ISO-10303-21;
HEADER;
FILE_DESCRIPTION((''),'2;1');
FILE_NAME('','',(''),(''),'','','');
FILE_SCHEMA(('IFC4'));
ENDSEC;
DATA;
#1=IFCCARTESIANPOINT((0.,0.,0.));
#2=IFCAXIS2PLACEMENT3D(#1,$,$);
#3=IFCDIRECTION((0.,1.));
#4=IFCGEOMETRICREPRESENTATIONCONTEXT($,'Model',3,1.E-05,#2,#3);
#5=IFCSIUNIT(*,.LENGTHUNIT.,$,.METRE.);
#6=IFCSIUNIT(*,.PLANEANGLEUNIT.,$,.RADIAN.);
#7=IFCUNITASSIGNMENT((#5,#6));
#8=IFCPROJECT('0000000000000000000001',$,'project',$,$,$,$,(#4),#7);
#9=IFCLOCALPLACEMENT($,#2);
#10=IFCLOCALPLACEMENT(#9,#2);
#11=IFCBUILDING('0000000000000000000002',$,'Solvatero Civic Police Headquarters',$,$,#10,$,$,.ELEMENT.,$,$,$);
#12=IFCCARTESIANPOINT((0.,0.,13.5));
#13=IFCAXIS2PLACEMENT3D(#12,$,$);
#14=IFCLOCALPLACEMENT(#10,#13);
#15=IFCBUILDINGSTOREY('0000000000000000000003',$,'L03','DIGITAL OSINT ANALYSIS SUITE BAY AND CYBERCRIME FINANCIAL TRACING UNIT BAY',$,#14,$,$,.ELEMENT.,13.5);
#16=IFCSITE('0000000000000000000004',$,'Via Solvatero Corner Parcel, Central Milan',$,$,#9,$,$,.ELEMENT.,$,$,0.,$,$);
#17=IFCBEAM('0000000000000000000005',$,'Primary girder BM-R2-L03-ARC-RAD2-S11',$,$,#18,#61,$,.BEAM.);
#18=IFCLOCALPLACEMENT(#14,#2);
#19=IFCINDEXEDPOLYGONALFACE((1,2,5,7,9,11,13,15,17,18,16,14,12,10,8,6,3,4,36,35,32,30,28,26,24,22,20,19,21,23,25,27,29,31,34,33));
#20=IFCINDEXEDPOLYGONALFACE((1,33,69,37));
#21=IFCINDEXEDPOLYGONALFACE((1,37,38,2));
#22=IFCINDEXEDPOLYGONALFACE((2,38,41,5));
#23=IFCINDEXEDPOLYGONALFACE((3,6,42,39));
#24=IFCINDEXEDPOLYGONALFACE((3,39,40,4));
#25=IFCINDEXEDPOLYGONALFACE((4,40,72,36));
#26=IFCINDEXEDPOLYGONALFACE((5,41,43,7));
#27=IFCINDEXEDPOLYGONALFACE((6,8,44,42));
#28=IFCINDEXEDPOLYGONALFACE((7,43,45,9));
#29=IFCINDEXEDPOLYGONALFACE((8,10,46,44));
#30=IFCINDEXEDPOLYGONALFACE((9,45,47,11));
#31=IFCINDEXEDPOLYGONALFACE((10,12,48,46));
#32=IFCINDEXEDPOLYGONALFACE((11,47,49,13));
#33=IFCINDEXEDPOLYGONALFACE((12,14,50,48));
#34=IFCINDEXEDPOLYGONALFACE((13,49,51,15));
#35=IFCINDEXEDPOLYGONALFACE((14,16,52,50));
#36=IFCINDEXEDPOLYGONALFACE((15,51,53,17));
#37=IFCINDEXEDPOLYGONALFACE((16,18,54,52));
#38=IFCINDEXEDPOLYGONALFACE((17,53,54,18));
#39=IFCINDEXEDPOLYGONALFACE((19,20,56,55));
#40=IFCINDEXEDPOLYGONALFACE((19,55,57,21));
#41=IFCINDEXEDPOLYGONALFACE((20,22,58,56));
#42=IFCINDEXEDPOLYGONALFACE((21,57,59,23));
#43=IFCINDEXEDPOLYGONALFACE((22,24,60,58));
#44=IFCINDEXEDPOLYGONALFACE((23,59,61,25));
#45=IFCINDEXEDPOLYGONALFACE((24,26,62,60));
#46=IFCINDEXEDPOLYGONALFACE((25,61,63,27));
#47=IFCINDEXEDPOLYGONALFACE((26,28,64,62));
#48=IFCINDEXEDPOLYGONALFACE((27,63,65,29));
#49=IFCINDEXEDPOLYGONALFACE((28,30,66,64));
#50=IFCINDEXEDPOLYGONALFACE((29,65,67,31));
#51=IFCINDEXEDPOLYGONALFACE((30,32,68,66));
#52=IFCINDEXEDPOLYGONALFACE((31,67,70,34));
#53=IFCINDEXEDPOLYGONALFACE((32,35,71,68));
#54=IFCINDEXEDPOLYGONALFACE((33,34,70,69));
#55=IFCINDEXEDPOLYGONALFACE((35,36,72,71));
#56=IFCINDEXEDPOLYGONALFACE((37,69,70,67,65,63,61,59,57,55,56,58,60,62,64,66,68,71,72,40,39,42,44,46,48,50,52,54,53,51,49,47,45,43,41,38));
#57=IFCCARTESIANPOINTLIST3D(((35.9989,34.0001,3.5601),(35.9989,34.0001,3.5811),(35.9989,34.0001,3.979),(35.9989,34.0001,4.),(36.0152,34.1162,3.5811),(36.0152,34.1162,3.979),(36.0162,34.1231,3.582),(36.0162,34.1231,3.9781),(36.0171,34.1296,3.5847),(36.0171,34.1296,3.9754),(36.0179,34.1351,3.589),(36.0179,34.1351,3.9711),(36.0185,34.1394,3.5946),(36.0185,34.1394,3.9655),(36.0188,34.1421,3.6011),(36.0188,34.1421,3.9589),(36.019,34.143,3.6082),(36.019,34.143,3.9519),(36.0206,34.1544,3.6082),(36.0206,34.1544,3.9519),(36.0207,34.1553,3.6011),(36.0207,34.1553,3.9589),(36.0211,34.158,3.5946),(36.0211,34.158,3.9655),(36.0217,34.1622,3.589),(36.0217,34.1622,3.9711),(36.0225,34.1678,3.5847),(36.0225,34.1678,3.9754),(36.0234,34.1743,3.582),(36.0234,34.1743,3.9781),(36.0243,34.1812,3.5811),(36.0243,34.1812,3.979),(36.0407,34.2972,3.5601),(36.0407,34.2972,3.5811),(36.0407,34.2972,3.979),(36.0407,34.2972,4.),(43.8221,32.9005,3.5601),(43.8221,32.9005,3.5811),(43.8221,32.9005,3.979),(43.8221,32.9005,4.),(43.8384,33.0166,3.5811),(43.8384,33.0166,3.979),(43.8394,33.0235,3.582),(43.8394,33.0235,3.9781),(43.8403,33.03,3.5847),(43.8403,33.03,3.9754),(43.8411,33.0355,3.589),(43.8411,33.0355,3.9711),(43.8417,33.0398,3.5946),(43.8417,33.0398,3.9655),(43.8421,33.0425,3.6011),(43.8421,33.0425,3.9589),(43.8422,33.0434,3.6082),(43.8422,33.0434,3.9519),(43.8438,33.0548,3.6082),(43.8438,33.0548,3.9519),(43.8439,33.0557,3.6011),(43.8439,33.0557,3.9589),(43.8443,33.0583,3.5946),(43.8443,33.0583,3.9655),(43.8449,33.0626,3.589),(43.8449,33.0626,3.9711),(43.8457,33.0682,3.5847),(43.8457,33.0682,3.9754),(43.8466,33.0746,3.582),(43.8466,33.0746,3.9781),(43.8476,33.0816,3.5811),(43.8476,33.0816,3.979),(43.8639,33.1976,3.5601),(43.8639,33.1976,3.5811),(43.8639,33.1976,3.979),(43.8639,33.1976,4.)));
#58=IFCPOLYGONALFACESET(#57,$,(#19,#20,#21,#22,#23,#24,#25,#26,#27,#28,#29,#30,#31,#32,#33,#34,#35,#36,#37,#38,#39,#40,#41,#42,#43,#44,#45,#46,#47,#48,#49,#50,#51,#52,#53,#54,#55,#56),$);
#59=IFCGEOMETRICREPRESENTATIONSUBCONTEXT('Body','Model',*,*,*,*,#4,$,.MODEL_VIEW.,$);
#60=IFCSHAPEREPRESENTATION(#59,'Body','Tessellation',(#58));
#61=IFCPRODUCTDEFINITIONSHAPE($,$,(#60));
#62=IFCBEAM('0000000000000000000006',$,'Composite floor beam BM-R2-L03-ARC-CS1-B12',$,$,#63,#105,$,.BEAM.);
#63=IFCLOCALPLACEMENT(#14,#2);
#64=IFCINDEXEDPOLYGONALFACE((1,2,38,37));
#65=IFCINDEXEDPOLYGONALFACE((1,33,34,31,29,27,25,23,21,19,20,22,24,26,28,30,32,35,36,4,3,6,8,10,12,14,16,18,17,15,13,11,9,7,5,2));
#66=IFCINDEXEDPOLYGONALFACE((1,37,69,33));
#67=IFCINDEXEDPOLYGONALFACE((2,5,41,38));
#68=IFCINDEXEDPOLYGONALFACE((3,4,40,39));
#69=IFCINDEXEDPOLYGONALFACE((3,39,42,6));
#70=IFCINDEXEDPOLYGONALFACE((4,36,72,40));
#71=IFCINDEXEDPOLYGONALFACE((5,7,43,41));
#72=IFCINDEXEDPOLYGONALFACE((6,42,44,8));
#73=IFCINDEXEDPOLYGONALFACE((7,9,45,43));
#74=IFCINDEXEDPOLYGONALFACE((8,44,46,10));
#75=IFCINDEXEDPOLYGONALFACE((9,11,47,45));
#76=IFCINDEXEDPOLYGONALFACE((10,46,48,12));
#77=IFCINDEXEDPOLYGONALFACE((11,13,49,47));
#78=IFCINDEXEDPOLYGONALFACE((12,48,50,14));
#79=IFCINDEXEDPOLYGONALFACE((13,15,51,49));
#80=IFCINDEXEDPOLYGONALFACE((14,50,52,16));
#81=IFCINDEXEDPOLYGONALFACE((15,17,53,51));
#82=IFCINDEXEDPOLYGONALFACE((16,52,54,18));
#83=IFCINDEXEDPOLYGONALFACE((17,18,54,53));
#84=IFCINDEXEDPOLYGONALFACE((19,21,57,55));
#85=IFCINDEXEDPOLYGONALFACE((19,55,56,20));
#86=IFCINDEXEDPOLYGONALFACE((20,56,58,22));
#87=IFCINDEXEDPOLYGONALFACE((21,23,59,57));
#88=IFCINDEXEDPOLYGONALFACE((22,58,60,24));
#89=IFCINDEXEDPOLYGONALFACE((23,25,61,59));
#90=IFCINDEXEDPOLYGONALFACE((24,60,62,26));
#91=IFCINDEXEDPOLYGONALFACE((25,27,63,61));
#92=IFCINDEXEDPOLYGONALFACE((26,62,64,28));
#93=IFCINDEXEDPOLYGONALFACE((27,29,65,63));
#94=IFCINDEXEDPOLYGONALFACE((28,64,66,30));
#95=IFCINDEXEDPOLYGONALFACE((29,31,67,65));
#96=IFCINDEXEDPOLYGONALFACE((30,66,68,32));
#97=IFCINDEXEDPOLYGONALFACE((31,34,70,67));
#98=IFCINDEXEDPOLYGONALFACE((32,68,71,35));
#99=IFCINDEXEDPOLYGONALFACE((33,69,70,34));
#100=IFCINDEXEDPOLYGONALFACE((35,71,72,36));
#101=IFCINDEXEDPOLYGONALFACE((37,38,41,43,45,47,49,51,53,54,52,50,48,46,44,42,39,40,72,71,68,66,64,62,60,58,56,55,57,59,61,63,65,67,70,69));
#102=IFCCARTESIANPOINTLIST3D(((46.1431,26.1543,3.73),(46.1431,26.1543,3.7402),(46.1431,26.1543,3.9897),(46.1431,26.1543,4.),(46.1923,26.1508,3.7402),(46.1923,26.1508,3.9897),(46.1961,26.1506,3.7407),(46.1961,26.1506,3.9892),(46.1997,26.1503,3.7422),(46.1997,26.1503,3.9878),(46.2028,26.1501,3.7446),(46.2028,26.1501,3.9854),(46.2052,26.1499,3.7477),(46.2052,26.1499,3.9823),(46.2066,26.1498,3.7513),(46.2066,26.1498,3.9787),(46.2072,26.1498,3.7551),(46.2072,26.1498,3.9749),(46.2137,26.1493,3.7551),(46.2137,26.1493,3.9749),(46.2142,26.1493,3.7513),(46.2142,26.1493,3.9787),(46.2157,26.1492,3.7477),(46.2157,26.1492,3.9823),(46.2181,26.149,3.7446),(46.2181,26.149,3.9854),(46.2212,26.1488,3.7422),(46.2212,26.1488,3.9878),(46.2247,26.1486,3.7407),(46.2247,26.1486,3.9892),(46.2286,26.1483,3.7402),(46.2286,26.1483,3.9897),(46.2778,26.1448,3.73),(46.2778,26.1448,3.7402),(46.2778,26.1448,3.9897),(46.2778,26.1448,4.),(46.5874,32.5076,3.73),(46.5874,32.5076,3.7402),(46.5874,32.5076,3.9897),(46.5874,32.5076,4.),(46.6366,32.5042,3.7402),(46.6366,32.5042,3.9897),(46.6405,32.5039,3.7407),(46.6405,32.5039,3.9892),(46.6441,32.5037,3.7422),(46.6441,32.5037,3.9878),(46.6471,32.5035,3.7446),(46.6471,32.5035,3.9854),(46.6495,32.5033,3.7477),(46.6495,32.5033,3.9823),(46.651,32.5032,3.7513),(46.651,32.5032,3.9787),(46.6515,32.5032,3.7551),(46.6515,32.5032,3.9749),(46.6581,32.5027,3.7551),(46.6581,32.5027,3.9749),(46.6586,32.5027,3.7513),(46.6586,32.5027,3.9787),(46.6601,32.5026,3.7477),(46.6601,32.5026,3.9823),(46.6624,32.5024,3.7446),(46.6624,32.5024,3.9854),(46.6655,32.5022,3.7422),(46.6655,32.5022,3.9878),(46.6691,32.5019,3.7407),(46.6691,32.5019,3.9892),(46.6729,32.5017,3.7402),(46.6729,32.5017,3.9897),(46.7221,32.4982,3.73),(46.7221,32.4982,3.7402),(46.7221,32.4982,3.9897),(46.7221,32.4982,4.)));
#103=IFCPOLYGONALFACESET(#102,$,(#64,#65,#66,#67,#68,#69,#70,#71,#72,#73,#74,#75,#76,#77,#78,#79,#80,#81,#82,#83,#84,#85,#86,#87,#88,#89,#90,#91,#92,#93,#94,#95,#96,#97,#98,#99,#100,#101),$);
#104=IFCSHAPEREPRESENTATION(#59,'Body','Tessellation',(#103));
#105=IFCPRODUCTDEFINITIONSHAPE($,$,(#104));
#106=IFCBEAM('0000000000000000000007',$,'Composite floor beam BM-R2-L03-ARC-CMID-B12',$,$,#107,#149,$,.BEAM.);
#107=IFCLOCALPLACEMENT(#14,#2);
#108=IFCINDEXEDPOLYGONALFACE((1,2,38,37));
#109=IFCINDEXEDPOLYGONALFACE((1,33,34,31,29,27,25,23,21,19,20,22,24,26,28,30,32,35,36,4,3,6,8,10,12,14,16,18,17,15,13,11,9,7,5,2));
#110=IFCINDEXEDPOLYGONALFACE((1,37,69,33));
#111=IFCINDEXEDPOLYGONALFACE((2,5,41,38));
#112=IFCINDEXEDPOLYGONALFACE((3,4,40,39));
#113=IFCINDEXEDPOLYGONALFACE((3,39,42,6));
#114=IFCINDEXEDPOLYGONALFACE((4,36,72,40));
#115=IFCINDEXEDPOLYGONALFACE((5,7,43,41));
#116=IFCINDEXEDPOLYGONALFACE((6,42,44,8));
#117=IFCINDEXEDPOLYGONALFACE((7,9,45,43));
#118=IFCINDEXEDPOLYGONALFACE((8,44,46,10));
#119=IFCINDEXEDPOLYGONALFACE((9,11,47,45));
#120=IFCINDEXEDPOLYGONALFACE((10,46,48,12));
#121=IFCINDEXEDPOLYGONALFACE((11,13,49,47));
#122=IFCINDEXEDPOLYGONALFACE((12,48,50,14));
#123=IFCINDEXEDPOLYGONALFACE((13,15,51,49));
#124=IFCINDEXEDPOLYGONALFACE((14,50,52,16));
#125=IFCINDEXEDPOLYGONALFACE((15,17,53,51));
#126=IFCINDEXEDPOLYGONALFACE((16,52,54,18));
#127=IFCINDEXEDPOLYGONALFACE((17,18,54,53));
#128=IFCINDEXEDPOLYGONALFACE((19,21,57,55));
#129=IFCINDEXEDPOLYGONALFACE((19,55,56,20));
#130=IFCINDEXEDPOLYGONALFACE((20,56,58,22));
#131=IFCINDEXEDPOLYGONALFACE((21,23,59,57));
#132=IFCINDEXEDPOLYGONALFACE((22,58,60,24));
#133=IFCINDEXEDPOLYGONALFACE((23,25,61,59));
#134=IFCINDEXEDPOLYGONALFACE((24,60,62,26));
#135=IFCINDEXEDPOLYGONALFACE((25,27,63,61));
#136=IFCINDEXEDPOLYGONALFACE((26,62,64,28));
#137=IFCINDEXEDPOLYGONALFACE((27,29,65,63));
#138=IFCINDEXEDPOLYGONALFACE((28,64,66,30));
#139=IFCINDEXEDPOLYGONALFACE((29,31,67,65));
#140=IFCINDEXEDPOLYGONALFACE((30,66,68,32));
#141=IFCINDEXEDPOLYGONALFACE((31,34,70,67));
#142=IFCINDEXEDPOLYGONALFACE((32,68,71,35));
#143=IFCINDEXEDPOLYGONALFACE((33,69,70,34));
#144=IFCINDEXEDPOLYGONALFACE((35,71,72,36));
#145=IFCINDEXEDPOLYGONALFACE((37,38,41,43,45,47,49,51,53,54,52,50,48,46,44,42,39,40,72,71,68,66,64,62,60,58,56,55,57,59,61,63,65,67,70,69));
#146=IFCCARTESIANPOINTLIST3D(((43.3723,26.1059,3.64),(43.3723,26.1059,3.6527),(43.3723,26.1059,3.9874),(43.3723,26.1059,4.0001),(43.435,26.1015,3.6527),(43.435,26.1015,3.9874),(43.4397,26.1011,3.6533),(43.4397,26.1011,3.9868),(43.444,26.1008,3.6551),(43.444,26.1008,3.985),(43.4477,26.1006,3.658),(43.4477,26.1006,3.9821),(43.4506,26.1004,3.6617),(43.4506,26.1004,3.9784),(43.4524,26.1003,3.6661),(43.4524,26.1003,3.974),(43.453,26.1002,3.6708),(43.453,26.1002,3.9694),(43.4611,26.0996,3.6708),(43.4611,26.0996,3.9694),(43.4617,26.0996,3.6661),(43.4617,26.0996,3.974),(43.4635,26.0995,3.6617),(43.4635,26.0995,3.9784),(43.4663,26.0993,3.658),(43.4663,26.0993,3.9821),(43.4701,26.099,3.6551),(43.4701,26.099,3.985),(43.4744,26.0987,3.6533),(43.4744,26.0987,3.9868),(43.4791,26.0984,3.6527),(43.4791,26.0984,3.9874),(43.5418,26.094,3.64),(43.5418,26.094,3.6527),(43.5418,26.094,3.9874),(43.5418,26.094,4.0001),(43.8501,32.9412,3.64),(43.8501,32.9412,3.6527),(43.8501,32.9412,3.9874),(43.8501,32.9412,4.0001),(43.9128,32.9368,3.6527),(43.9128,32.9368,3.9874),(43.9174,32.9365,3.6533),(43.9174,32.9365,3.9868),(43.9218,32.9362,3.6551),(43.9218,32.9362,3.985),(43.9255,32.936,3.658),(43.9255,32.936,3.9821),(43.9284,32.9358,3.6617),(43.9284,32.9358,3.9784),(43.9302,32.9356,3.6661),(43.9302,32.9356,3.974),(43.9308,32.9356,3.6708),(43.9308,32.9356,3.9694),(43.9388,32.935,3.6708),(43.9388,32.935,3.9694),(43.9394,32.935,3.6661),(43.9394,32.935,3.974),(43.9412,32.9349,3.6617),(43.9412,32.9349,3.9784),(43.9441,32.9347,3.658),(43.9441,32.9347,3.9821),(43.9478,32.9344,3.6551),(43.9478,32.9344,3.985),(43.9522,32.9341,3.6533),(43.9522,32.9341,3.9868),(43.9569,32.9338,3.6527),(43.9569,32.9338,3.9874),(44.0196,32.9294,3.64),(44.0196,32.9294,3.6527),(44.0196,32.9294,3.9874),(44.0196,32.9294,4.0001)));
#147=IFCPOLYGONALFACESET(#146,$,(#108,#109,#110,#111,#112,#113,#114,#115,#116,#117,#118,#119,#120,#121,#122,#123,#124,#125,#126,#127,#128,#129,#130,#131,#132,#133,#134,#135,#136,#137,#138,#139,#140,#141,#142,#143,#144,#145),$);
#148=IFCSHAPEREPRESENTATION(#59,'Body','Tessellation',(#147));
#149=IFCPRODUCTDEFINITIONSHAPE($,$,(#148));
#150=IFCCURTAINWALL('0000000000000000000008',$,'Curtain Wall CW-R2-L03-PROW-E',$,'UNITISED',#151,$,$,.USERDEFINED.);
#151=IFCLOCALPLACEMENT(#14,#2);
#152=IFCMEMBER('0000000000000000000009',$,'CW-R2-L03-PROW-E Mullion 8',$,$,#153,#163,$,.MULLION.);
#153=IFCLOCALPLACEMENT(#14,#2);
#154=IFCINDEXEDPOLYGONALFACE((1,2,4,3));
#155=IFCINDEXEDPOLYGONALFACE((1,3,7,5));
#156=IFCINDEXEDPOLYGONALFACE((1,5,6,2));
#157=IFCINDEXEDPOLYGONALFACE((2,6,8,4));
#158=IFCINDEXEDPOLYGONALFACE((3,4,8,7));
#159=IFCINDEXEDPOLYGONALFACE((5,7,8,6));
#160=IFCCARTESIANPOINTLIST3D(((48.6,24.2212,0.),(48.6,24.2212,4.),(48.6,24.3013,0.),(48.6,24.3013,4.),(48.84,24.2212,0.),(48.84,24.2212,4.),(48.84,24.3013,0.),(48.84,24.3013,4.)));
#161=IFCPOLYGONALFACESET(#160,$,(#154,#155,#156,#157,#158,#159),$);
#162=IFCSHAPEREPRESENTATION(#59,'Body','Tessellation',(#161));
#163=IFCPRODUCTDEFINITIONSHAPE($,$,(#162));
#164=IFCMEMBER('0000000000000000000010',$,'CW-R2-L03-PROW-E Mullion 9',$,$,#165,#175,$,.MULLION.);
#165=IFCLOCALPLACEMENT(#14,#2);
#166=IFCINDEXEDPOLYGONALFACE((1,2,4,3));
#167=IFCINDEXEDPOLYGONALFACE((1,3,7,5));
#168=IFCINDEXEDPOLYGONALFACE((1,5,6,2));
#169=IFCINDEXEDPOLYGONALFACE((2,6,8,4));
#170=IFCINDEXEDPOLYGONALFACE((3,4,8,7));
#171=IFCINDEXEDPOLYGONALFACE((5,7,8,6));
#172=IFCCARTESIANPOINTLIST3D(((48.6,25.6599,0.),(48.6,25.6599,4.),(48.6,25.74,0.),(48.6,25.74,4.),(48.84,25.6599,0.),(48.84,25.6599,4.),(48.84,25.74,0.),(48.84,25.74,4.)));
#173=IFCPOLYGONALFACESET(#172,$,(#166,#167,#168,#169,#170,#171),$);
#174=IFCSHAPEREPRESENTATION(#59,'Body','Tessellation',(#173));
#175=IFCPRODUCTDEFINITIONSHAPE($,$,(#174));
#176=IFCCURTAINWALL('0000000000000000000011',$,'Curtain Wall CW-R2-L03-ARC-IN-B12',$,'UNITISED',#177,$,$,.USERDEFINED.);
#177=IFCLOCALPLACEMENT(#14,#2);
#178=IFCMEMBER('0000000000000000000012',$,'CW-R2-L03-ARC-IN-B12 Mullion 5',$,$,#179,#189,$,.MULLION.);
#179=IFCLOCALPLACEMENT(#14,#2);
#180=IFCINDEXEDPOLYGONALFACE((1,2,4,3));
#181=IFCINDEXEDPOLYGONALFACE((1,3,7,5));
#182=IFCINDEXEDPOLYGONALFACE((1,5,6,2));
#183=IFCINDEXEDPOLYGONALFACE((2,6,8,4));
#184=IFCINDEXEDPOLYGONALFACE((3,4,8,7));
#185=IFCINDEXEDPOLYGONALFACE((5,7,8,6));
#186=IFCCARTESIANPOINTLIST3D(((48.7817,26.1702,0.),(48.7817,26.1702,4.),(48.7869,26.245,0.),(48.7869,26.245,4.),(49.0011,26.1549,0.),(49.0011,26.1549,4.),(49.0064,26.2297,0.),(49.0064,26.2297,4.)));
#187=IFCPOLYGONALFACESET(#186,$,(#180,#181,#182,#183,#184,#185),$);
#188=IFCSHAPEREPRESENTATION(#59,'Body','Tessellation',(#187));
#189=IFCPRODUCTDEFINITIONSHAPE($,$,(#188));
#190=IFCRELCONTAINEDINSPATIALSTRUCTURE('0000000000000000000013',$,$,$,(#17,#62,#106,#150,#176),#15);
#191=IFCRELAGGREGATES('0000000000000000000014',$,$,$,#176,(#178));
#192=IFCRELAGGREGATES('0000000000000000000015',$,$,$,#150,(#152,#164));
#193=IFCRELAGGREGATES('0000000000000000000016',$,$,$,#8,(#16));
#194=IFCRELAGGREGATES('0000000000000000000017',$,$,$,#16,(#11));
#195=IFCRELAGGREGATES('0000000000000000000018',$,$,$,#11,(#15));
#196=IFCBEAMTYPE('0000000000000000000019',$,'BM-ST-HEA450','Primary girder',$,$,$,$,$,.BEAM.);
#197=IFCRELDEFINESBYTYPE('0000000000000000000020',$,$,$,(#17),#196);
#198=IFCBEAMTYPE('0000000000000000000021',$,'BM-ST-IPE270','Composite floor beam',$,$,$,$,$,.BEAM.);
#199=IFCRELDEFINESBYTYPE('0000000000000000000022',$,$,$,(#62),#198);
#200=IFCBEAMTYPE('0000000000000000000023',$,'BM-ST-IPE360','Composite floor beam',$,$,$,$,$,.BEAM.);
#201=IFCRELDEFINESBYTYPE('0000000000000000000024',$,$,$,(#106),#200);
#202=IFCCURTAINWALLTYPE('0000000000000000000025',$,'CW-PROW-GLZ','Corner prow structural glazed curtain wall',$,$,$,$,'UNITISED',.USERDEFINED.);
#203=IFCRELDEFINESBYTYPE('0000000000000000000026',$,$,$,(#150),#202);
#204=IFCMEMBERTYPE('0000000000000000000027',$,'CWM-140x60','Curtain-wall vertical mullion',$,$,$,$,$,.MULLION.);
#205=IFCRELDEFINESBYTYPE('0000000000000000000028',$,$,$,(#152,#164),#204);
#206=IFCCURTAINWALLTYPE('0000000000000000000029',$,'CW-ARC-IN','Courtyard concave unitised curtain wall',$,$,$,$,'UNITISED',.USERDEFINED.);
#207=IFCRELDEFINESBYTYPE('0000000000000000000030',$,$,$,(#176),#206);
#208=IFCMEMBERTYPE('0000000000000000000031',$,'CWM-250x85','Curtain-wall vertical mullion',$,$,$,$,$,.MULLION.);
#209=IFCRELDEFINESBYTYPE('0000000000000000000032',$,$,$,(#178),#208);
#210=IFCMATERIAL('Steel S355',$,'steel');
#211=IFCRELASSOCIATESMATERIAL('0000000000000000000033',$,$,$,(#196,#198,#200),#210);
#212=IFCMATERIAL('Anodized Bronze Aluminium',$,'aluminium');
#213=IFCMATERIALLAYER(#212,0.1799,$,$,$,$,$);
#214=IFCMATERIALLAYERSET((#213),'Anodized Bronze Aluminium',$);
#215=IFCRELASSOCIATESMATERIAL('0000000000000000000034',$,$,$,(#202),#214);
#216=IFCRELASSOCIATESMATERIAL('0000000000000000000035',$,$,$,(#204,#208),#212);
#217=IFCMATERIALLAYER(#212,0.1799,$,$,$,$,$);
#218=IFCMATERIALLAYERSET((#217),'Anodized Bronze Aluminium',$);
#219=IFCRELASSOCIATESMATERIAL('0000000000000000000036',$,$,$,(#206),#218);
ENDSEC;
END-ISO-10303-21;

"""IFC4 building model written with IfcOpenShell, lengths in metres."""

from ifc_helpers import new_model, si_unit, direction, frame, origin, origin_2d, place, context, subcontext, project, spatial, rectangle, i_section, extrude, material, layer, layer_set, material_profile, profile_set, type_object, element, aggregate, save


model = new_model("IFC4")

# Units and contexts
model_context = context("Model", 3, precision=1e-05, world=origin(), true_north=direction((0.0, 1.0)))
body_context = subcontext(model_context, "Body", "Model", "MODEL_VIEW")
ifc_project = project(units=[si_unit("LENGTHUNIT", "METRE"), si_unit("PLANEANGLEUNIT", "RADIAN")], contexts=[model_context])

# Site, building, storey
site_placement = place(None, origin())
site = spatial("IfcSite", under=ifc_project, at=site_placement, Name="Via Solvatero Corner Parcel, Central Milan", CompositionType="ELEMENT", RefElevation=0.0)
building_placement = place(site_placement, origin())
building = spatial("IfcBuilding", under=site, at=building_placement, Name="Solvatero Civic Police Headquarters", CompositionType="ELEMENT")
storey_placement = place(building_placement, frame((0.0, 0.0, 13.5)))
storey = spatial("IfcBuildingStorey", under=building, at=storey_placement, Name="L03", Description="DIGITAL OSINT ANALYSIS SUITE BAY AND CYBERCRIME FINANCIAL TRACING UNIT BAY", CompositionType="ELEMENT", Elevation=13.5)

# Shared definitions
ifc_material_1 = material(Name="Steel S355", Category="steel")

# Beams
ifc_material_profile_1 = material_profile(ifc_material_1, i_section(OverallWidth=0.3, OverallDepth=0.4399, WebThickness=0.0115, FlangeThickness=0.021, FilletRadius=0.0271, at=origin_2d()), Name="HEA 450")
ifc_profile_set_1 = profile_set([ifc_material_profile_1], Name="Steel S355")
beam_type_1 = type_object("IfcBeamType", Name="BM-ST-HEA450", Description="Primary girder", PredefinedType="BEAM", material=ifc_profile_set_1)
beam_1_placement = place(storey_placement, frame((43.843, 33.0491, 3.78), z_axis=(-0.990266, 0.139189, 0.0), x_axis=(-0.139189, -0.990266, 0.0)))
element("IfcBeam", 1, at=beam_1_placement, inside=storey, type_object=beam_type_1, Name="Primary girder BM-R2-L03-ARC-RAD2-S11", PredefinedType="BEAM", context=body_context, shape_type="SweptSolid", body=[
    extrude(i_section(OverallWidth=0.3, OverallDepth=0.4399, WebThickness=0.0115, FlangeThickness=0.021, FilletRadius=0.0271, at=origin_2d()), origin(), (0.0, 0.0, 1.0), 7.9001),
])
ifc_material_profile_2 = material_profile(ifc_material_1, i_section(OverallWidth=0.135, OverallDepth=0.27, WebThickness=0.0066, FlangeThickness=0.0103, FilletRadius=0.0149, at=origin_2d()), Name="IPE 270")
ifc_profile_set_2 = profile_set([ifc_material_profile_2], Name="Steel S355")
beam_type_2 = type_object("IfcBeamType", Name="BM-ST-IPE270", Description="Composite floor beam", PredefinedType="BEAM", material=ifc_profile_set_2)
beam_2_placement = place(storey_placement, frame((46.6548, 32.5029, 3.865), z_axis=(-0.069768, -0.997563, 0.0), x_axis=(0.997563, -0.069768, 0.0)))
element("IfcBeam", 2, at=beam_2_placement, inside=storey, type_object=beam_type_2, Name="Composite floor beam BM-R2-L03-ARC-CS1-B12", PredefinedType="BEAM", context=body_context, shape_type="SweptSolid", body=[
    extrude(i_section(OverallWidth=0.135, OverallDepth=0.27, WebThickness=0.0066, FlangeThickness=0.0103, FilletRadius=0.0149, at=origin_2d()), origin(), (0.0, 0.0, 1.0), 6.3689),
])
ifc_material_profile_3 = material_profile(ifc_material_1, i_section(OverallWidth=0.1699, OverallDepth=0.3601, WebThickness=0.0081, FlangeThickness=0.0127, FilletRadius=0.0181, at=origin_2d()), Name="IPE 360")
ifc_profile_set_3 = profile_set([ifc_material_profile_3], Name="Steel S355")
beam_type_3 = type_object("IfcBeamType", Name="BM-ST-IPE360", Description="Composite floor beam", PredefinedType="BEAM", material=ifc_profile_set_3)
beam_3_placement = place(storey_placement, frame((43.9348, 32.9353, 3.8201), z_axis=(-0.069728, -0.997566, 0.0), x_axis=(0.997566, -0.069728, 0.0)))
element("IfcBeam", 3, at=beam_3_placement, inside=storey, type_object=beam_type_3, Name="Composite floor beam BM-R2-L03-ARC-CMID-B12", PredefinedType="BEAM", context=body_context, shape_type="SweptSolid", body=[
    extrude(i_section(OverallWidth=0.1699, OverallDepth=0.3601, WebThickness=0.0081, FlangeThickness=0.0127, FilletRadius=0.0181, at=origin_2d()), origin(), (0.0, 0.0, 1.0), 6.8521),
])

# Curtain wall, members
ifc_material_2 = material(Name="Anodized Bronze Aluminium", Category="aluminium")
ifc_layer_1 = layer(ifc_material_2, 0.1799)
ifc_layer_set_1 = layer_set([ifc_layer_1], Name="Anodized Bronze Aluminium")
curtain_wall_type_1 = type_object("IfcCurtainWallType", Name="CW-PROW-GLZ", Description="Corner prow structural glazed curtain wall", ElementType="UNITISED", PredefinedType="USERDEFINED", material=ifc_layer_set_1)
curtain_wall_1_placement = place(storey_placement, origin())
curtain_wall_1 = element("IfcCurtainWall", 4, at=curtain_wall_1_placement, inside=storey, type_object=curtain_wall_type_1, Name="Curtain Wall CW-R2-L03-PROW-E", ObjectType="UNITISED", PredefinedType="USERDEFINED")
ifc_material_profile_4 = material_profile(ifc_material_2, rectangle(XDim=0.0801, YDim=0.24, at=origin_2d()), Name="ALU MULLION 80x240")
ifc_profile_set_4 = profile_set([ifc_material_profile_4], Name="Anodized Bronze Aluminium")
member_type_1 = type_object("IfcMemberType", Name="CWM-140x60", Description="Curtain-wall vertical mullion", PredefinedType="MULLION", material=ifc_profile_set_4)
member_1_placement = place(storey_placement, frame((48.72, 24.2612, 0.0), z_axis=(0.0, 0.0, 1.0), x_axis=(0.0, 1.0, 0.0)))
member_1 = element("IfcMember", 5, at=member_1_placement, type_object=member_type_1, Name="CW-R2-L03-PROW-E Mullion 8", PredefinedType="MULLION", context=body_context, shape_type="SweptSolid", body=[
    extrude(rectangle(XDim=0.0801, YDim=0.24, at=origin_2d()), origin(), (0.0, 0.0, 1.0), 4.0),
])
member_2_placement = place(storey_placement, frame((48.72, 25.7, 0.0), z_axis=(0.0, 0.0, 1.0), x_axis=(0.0, 1.0, 0.0)))
member_2 = element("IfcMember", 6, at=member_2_placement, type_object=member_type_1, Name="CW-R2-L03-PROW-E Mullion 9", PredefinedType="MULLION", context=body_context, shape_type="SweptSolid", body=[
    extrude(rectangle(XDim=0.0801, YDim=0.24, at=origin_2d()), origin(), (0.0, 0.0, 1.0), 4.0),
])

# Curtain wall, member
ifc_layer_2 = layer(ifc_material_2, 0.1799)
ifc_layer_set_2 = layer_set([ifc_layer_2], Name="Anodized Bronze Aluminium")
curtain_wall_type_2 = type_object("IfcCurtainWallType", Name="CW-ARC-IN", Description="Courtyard concave unitised curtain wall", ElementType="UNITISED", PredefinedType="USERDEFINED", material=ifc_layer_set_2)
curtain_wall_2_placement = place(storey_placement, origin())
curtain_wall_2 = element("IfcCurtainWall", 7, at=curtain_wall_2_placement, inside=storey, type_object=curtain_wall_type_2, Name="Curtain Wall CW-R2-L03-ARC-IN-B12", ObjectType="UNITISED", PredefinedType="USERDEFINED")
ifc_material_profile_5 = material_profile(ifc_material_2, rectangle(XDim=0.075, YDim=0.22, at=origin_2d()), Name="ALU MULLION 75x220")
ifc_profile_set_5 = profile_set([ifc_material_profile_5], Name="Anodized Bronze Aluminium")
member_type_2 = type_object("IfcMemberType", Name="CWM-250x85", Description="Curtain-wall vertical mullion", PredefinedType="MULLION", material=ifc_profile_set_5)
member_3_placement = place(storey_placement, frame((48.894, 26.2, 0.0), z_axis=(0.0, 0.0, 1.0), x_axis=(-0.069756, -0.997564, 0.0)))
member_3 = element("IfcMember", 8, at=member_3_placement, type_object=member_type_2, Name="CW-R2-L03-ARC-IN-B12 Mullion 5", PredefinedType="MULLION", context=body_context, shape_type="SweptSolid", body=[
    extrude(rectangle(XDim=0.075, YDim=0.22, at=origin_2d()), origin(), (0.0, 0.0, 1.0), 4.0),
])
aggregate(curtain_wall_2, [member_3])

aggregate(curtain_wall_1, [member_1, member_2])

save(model, "model.ifc")
